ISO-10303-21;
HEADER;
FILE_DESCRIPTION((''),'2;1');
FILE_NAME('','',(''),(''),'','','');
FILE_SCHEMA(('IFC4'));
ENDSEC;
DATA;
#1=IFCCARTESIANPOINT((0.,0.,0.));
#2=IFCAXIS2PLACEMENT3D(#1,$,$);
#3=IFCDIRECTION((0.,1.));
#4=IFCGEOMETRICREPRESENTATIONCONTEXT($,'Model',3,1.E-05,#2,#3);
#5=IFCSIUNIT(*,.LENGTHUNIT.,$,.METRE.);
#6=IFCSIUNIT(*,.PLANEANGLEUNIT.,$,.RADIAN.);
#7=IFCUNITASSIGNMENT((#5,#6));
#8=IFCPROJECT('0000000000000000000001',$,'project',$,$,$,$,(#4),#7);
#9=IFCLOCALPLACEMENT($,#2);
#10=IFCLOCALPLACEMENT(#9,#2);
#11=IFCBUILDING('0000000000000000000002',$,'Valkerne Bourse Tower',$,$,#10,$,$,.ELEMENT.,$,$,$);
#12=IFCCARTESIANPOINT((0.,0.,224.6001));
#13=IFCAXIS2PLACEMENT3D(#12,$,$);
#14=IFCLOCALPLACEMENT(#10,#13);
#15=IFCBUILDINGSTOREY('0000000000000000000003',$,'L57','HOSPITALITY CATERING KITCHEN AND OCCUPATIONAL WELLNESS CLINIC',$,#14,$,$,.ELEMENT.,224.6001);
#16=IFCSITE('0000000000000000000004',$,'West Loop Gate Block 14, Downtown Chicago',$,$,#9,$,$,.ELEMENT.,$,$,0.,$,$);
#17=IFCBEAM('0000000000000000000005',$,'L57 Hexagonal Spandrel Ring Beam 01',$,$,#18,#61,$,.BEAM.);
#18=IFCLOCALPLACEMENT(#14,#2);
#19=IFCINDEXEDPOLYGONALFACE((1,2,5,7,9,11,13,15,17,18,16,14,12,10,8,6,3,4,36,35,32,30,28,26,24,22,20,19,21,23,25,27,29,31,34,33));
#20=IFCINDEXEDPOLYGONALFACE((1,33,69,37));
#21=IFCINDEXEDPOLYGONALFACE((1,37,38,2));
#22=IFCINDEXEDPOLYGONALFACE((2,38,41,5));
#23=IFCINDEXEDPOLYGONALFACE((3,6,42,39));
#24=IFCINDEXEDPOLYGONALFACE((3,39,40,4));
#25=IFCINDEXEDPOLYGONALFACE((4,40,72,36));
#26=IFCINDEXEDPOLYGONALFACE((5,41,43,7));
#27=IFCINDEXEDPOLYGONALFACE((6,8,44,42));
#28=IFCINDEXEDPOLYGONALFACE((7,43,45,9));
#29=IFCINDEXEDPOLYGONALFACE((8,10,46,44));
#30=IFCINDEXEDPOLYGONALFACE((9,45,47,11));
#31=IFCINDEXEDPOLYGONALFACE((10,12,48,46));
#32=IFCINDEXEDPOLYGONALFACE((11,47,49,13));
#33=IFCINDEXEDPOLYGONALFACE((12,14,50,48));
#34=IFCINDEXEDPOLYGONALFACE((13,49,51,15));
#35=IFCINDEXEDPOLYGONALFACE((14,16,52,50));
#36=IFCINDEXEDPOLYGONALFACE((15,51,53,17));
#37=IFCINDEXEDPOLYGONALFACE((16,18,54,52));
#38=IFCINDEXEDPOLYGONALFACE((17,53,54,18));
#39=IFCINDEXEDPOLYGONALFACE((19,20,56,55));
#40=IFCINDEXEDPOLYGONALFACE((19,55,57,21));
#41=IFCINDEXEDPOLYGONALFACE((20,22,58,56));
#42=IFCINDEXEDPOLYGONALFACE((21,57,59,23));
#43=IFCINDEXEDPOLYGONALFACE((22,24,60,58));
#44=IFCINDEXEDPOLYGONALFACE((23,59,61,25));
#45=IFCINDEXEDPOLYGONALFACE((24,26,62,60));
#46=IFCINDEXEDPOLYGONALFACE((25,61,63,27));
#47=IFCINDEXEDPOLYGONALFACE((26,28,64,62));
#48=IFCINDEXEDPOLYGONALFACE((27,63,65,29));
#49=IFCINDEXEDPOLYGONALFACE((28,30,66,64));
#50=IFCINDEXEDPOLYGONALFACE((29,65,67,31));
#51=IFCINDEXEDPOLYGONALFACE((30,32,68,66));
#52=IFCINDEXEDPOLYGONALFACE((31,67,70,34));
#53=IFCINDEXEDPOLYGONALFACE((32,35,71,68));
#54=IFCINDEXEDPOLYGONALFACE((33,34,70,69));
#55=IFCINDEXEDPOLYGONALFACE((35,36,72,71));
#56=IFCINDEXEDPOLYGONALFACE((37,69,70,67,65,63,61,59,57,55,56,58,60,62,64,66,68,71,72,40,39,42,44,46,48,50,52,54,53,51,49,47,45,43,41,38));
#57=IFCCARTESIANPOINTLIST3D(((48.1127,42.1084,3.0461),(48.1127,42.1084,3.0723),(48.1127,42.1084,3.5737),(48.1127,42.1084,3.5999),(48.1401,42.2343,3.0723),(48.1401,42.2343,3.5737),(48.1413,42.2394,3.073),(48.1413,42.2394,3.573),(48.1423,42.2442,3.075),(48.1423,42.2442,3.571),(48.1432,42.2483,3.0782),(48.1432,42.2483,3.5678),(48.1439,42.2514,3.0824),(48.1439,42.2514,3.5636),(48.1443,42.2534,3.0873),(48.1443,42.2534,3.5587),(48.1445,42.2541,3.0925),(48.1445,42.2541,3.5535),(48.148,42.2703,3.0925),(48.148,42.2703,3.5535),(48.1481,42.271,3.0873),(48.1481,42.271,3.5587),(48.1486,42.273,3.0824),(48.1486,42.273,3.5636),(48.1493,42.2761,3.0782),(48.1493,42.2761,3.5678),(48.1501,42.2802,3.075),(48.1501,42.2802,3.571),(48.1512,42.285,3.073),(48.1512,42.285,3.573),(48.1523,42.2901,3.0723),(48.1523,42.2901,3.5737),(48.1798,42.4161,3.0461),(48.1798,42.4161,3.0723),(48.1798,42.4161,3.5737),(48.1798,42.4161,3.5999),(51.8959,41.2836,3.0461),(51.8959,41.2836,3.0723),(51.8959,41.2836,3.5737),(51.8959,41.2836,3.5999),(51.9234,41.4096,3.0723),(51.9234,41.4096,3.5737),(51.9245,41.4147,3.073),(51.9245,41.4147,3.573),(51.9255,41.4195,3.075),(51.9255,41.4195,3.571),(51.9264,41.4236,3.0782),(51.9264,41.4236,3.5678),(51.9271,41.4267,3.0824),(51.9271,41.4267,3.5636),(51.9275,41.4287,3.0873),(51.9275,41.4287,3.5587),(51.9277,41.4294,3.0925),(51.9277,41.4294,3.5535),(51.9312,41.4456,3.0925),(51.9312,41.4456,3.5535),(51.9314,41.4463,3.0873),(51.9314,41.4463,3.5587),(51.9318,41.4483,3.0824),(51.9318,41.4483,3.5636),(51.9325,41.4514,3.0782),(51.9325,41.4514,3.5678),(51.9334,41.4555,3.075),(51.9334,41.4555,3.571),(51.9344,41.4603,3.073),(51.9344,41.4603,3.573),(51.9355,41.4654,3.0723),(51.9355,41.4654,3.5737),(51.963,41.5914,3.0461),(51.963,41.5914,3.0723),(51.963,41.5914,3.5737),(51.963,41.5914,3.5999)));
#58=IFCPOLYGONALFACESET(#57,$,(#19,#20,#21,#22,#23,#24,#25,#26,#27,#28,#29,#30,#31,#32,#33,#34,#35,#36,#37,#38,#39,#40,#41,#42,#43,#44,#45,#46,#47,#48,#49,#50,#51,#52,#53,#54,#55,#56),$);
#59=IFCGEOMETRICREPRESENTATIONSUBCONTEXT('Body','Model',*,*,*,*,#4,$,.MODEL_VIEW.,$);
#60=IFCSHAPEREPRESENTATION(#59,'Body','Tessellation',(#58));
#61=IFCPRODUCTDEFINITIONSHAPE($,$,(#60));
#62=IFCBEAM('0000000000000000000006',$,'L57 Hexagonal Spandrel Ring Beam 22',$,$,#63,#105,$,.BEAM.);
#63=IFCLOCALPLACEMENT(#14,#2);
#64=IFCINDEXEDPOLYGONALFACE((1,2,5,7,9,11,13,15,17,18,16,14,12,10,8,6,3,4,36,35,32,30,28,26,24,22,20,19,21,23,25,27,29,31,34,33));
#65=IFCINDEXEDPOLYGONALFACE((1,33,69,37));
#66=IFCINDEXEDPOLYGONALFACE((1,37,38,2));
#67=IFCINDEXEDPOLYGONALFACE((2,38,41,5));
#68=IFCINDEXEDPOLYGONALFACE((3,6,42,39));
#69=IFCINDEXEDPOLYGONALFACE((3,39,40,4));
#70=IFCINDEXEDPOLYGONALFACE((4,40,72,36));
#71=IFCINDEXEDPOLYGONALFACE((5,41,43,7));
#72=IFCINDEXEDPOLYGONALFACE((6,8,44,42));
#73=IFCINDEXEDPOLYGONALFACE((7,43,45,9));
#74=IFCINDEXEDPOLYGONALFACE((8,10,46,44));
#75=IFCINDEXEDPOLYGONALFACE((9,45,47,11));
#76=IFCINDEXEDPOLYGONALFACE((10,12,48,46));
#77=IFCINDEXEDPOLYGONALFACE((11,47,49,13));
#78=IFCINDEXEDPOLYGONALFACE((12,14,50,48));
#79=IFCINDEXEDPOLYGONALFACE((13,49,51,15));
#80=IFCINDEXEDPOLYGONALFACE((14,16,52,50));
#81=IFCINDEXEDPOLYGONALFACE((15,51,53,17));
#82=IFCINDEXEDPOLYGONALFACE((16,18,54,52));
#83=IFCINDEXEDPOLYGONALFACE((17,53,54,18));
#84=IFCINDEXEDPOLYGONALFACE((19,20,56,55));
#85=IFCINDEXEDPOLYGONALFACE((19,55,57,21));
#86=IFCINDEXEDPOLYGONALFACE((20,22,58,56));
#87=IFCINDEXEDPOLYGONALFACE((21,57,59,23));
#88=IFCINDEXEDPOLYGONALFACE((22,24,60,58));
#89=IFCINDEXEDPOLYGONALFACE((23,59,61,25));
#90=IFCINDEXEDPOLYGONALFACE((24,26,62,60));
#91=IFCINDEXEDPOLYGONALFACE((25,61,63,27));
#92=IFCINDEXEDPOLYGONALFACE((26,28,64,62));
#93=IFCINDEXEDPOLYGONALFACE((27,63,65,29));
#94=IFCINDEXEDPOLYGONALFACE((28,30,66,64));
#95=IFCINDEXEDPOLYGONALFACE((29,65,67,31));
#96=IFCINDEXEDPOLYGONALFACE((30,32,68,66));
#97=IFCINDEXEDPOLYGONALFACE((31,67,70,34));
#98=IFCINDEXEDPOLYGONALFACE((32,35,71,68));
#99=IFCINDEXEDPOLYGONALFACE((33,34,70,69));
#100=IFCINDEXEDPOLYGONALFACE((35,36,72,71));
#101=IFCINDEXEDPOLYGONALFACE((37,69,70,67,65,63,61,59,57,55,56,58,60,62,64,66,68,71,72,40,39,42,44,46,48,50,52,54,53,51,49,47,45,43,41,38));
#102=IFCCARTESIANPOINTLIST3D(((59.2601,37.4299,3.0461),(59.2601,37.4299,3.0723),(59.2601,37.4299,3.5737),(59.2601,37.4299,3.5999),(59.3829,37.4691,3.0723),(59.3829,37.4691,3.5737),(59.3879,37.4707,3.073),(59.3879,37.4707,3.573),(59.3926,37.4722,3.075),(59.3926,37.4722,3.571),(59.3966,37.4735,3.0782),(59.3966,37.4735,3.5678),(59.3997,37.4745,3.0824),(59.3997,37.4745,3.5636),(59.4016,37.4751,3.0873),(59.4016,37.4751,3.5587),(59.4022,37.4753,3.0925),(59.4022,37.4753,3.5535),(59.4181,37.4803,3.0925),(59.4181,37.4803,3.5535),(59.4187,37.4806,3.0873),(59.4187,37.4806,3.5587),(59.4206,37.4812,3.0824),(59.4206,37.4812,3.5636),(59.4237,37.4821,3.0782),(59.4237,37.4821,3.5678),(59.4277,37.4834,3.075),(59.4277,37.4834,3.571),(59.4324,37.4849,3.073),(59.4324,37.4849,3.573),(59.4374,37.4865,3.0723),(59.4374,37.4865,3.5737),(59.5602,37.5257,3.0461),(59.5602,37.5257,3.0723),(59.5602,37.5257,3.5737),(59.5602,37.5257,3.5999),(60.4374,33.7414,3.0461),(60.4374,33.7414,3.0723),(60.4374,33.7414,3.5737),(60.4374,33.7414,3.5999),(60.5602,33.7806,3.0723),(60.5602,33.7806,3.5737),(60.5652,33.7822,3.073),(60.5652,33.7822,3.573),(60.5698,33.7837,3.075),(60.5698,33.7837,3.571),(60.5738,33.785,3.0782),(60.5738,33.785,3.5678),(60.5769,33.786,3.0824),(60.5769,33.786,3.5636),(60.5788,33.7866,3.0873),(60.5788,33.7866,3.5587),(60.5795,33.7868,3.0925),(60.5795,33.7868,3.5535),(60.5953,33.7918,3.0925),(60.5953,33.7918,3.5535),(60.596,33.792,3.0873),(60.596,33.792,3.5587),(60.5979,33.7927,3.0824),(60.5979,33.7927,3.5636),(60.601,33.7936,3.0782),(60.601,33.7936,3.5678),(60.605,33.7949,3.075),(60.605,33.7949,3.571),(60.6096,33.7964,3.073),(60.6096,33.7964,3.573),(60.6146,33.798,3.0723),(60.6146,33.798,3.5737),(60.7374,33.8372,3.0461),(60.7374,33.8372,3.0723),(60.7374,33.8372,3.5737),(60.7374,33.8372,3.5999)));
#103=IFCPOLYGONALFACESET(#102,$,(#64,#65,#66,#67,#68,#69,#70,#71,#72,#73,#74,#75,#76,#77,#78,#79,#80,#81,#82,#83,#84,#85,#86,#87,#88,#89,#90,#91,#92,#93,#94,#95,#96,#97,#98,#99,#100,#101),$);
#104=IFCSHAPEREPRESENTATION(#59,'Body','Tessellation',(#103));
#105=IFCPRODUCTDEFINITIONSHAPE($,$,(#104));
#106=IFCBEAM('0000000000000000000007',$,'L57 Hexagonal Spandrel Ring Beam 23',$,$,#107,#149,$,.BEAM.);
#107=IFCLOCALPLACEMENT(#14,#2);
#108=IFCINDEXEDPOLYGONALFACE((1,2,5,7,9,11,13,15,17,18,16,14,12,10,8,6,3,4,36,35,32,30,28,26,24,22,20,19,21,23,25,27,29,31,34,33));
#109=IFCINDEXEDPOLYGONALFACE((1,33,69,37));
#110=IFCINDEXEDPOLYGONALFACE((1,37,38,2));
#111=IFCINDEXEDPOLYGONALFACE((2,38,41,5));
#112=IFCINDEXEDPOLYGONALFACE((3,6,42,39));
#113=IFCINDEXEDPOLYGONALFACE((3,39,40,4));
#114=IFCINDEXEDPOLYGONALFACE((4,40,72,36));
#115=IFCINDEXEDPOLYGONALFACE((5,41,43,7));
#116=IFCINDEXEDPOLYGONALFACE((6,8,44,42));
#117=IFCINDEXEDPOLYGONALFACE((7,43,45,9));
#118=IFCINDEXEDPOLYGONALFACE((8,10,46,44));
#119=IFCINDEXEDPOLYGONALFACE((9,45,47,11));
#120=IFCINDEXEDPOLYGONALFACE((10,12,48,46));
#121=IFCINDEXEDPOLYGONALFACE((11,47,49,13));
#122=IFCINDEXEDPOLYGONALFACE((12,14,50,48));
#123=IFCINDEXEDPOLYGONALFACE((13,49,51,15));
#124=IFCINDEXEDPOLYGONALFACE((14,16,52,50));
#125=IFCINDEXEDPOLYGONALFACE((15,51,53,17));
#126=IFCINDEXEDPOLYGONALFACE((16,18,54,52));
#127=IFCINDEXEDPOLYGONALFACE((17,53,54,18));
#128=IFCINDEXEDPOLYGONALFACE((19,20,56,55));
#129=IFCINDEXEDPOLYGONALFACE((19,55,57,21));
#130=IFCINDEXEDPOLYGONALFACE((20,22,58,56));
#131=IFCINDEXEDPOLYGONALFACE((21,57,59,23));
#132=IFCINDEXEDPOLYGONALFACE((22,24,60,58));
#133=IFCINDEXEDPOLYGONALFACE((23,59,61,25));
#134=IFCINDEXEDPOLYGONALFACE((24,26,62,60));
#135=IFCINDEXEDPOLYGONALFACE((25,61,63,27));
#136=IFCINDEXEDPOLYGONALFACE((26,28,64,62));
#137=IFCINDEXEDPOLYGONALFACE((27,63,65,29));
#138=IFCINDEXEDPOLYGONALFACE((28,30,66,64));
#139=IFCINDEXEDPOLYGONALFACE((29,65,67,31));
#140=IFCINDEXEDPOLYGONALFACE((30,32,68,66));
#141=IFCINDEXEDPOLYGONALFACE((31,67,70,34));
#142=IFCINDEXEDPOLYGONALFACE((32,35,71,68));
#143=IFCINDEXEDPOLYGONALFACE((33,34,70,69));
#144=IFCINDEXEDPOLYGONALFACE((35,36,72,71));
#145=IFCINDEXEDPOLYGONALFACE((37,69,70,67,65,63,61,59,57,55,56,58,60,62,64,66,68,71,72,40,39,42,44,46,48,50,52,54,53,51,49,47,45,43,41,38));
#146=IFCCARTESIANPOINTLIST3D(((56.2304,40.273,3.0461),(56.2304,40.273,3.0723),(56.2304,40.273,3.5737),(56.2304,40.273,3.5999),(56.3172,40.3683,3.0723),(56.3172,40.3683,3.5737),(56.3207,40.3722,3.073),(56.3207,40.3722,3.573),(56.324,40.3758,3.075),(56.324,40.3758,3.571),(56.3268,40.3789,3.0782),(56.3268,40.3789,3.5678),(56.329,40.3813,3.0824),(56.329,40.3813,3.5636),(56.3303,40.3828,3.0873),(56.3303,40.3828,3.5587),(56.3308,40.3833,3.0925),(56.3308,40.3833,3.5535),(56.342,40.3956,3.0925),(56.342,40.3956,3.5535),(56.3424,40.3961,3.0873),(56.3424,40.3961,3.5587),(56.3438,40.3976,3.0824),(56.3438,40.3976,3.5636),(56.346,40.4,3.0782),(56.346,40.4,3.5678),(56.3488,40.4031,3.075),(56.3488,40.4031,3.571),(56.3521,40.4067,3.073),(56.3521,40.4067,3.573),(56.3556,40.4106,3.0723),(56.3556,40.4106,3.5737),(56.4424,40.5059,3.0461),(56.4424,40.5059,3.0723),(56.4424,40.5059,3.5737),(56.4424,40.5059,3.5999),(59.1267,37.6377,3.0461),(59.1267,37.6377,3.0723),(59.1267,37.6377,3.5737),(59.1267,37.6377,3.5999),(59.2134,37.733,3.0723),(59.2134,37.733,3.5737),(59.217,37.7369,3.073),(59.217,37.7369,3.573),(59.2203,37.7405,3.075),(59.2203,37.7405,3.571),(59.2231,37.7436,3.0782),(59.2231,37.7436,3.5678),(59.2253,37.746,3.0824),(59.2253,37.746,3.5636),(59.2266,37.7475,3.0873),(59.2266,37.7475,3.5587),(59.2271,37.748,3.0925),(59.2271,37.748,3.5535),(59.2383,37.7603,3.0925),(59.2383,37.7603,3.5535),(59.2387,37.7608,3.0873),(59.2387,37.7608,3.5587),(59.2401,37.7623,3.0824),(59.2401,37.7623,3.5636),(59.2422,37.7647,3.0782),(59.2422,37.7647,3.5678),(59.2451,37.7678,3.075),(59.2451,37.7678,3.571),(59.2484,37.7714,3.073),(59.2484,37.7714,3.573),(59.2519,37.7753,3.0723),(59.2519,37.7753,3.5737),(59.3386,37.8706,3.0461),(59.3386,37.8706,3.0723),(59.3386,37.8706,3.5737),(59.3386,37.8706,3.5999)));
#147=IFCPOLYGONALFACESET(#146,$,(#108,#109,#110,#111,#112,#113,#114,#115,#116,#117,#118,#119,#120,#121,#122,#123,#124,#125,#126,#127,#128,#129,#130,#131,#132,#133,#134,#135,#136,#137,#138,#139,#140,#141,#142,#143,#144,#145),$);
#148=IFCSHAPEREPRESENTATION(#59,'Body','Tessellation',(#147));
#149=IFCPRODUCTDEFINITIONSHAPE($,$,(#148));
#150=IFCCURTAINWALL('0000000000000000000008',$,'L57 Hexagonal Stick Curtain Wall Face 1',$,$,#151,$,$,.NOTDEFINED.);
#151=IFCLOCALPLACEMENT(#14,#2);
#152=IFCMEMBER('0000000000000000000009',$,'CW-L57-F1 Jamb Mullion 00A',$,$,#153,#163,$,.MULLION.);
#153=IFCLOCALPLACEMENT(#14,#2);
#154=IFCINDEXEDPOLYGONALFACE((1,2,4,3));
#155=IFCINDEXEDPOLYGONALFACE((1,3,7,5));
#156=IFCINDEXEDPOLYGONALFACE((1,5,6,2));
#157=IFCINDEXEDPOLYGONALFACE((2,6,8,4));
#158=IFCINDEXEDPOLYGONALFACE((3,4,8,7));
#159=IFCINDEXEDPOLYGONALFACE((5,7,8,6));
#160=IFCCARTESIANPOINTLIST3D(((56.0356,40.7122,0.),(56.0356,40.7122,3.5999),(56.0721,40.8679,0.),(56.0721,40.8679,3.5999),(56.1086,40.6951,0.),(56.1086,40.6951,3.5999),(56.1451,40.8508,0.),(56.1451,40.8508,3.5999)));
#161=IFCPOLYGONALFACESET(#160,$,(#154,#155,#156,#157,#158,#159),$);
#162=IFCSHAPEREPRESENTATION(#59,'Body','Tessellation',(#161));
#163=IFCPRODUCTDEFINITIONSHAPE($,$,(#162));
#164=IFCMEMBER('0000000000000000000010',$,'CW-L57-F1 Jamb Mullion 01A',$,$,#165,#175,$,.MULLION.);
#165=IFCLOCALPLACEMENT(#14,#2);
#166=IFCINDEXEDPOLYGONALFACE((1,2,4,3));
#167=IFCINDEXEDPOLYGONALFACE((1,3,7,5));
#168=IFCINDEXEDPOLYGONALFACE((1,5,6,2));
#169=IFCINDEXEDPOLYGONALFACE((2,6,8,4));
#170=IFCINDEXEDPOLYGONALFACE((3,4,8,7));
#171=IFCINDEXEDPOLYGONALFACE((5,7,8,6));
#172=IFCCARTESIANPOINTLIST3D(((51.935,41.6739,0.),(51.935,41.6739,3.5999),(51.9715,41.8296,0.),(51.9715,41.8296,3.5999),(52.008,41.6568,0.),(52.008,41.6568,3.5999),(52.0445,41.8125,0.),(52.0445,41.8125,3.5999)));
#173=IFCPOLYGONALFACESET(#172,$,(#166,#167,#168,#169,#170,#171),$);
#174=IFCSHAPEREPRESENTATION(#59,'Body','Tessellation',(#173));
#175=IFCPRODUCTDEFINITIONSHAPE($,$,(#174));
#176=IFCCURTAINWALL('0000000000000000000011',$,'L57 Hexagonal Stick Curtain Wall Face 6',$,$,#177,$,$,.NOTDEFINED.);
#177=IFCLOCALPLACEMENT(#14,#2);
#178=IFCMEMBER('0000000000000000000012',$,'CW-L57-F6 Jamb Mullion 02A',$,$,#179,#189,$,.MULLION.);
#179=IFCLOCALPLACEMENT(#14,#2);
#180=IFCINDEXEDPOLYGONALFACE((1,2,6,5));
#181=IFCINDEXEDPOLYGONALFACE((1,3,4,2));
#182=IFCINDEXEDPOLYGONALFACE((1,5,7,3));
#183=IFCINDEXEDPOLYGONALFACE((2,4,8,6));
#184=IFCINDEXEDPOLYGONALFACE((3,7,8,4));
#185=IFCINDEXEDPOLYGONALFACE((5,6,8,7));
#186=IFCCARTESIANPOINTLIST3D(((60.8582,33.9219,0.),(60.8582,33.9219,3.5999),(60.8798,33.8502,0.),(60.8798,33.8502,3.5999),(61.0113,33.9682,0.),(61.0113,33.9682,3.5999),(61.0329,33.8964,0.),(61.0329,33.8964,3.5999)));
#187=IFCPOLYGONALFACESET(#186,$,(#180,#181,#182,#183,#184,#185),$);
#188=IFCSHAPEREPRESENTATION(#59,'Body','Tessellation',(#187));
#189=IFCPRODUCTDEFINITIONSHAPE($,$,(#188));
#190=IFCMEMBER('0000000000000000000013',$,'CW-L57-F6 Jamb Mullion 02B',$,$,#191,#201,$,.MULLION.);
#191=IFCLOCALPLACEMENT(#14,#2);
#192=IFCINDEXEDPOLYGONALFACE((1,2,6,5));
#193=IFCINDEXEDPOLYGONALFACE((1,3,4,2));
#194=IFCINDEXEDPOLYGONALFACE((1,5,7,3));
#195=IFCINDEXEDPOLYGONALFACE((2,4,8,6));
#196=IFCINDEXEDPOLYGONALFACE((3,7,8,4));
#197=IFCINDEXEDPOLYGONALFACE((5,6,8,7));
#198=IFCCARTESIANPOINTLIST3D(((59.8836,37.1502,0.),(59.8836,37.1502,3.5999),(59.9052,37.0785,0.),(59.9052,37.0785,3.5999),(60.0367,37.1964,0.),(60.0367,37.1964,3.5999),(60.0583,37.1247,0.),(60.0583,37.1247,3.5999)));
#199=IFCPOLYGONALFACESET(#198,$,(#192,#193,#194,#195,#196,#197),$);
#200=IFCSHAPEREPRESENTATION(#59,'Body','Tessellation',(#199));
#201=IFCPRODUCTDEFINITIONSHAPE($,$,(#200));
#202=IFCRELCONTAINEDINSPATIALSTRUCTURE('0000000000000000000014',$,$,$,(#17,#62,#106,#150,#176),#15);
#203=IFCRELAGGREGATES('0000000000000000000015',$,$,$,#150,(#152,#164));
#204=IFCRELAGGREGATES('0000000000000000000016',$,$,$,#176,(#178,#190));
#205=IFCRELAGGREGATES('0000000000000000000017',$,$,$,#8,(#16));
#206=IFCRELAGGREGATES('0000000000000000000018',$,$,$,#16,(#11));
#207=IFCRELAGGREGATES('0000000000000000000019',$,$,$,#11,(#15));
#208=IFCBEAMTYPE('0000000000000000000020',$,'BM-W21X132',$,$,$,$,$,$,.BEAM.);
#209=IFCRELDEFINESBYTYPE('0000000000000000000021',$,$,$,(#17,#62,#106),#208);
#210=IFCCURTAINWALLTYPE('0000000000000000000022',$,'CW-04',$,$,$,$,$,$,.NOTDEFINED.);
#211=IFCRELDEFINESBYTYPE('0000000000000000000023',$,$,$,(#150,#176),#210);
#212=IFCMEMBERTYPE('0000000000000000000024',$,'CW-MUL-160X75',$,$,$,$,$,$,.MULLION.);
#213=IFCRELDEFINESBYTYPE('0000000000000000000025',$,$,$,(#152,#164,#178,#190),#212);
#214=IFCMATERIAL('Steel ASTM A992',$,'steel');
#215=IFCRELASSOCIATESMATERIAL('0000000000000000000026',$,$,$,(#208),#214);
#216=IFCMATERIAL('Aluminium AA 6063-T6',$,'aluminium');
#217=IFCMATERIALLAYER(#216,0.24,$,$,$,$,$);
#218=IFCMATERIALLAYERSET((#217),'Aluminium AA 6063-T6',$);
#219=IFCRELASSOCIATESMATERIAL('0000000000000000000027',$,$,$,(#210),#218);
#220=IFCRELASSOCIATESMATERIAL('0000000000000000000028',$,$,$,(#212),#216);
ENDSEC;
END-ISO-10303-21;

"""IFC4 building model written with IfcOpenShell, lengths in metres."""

from ifc_helpers import new_model, si_unit, direction, frame, origin, origin_2d, place, context, subcontext, project, spatial, rectangle, i_section, extrude, material, layer, layer_set, material_profile, profile_set, type_object, element, aggregate, save


model = new_model("IFC4")

# Units and contexts
model_context = context("Model", 3, precision=1e-05, world=origin(), true_north=direction((0.0, 1.0)))
body_context = subcontext(model_context, "Body", "Model", "MODEL_VIEW")
ifc_project = project(units=[si_unit("LENGTHUNIT", "METRE"), si_unit("PLANEANGLEUNIT", "RADIAN")], contexts=[model_context])

# Site, building, storey
site_placement = place(None, origin())
site = spatial("IfcSite", under=ifc_project, at=site_placement, Name="West Loop Gate Block 14, Downtown Chicago", CompositionType="ELEMENT", RefElevation=0.0)
building_placement = place(site_placement, origin())
building = spatial("IfcBuilding", under=site, at=building_placement, Name="Valkerne Bourse Tower", CompositionType="ELEMENT")
storey_placement = place(building_placement, frame((0.0, 0.0, 224.6001)))
storey = spatial("IfcBuildingStorey", under=building, at=storey_placement, Name="L57", Description="HOSPITALITY CATERING KITCHEN AND OCCUPATIONAL WELLNESS CLINIC", CompositionType="ELEMENT", Elevation=224.6001)

# Beams
ifc_material_1 = material(Name="Steel ASTM A992", Category="steel")
ifc_material_profile_1 = material_profile(ifc_material_1, i_section(OverallWidth=0.3149, OverallDepth=0.5537, WebThickness=0.0166, FlangeThickness=0.0261, FilletRadius=0.0203, at=origin_2d()), Name="W21X132")
ifc_profile_set_1 = profile_set([ifc_material_profile_1], Name="Steel ASTM A992")
beam_type = type_object("IfcBeamType", Name="BM-W21X132", PredefinedType="BEAM", material=ifc_profile_set_1)
beam_1_placement = place(storey_placement, frame((51.9294, 41.4375, 3.323), z_axis=(-0.977054, 0.21299, 0.0), x_axis=(-0.21299, -0.977054, 0.0)))
element("IfcBeam", 1, at=beam_1_placement, inside=storey, type_object=beam_type, Name="L57 Hexagonal Spandrel Ring Beam 01", PredefinedType="BEAM", context=body_context, shape_type="SweptSolid", body=[
    extrude(i_section(OverallWidth=0.3149, OverallDepth=0.5537, WebThickness=0.0166, FlangeThickness=0.0261, FilletRadius=0.0203, at=origin_2d()), origin(), (0.0, 0.0, 1.0), 3.8721),
])
beam_2_placement = place(storey_placement, frame((60.5874, 33.7893, 3.323), z_axis=(-0.304057, 0.952654, 0.0), x_axis=(-0.952654, -0.304057, 0.0)))
element("IfcBeam", 2, at=beam_2_placement, inside=storey, type_object=beam_type, Name="L57 Hexagonal Spandrel Ring Beam 22", PredefinedType="BEAM", context=body_context, shape_type="SweptSolid", body=[
    extrude(i_section(OverallWidth=0.3149, OverallDepth=0.5537, WebThickness=0.0166, FlangeThickness=0.0261, FilletRadius=0.0203, at=origin_2d()), origin(), (0.0, 0.0, 1.0), 3.8718),
])
beam_3_placement = place(storey_placement, frame((59.2327, 37.7542, 3.323), z_axis=(-0.739647, 0.672995, 0.0), x_axis=(-0.672995, -0.739647, 0.0)))
element("IfcBeam", 3, at=beam_3_placement, inside=storey, type_object=beam_type, Name="L57 Hexagonal Spandrel Ring Beam 23", PredefinedType="BEAM", context=body_context, shape_type="SweptSolid", body=[
    extrude(i_section(OverallWidth=0.3149, OverallDepth=0.5537, WebThickness=0.0166, FlangeThickness=0.0261, FilletRadius=0.0203, at=origin_2d()), origin(), (0.0, 0.0, 1.0), 3.9158),
])

# Curtain walls, members
ifc_material_2 = material(Name="Aluminium AA 6063-T6", Category="aluminium")
ifc_layer_1 = layer(ifc_material_2, 0.24)
ifc_layer_set_1 = layer_set([ifc_layer_1], Name="Aluminium AA 6063-T6")
curtain_wall_type = type_object("IfcCurtainWallType", Name="CW-04", PredefinedType="NOTDEFINED", material=ifc_layer_set_1)
curtain_wall_1_placement = place(storey_placement, origin())
curtain_wall_1 = element("IfcCurtainWall", 4, at=curtain_wall_1_placement, inside=storey, type_object=curtain_wall_type, Name="L57 Hexagonal Stick Curtain Wall Face 1", PredefinedType="NOTDEFINED")
ifc_material_profile_2 = material_profile(ifc_material_2, rectangle(XDim=0.075, YDim=0.1599, at=origin_2d()), Name="CWM-75X160")
ifc_profile_set_2 = profile_set([ifc_material_profile_2], Name="Aluminium AA 6063-T6")
member_type_1 = type_object("IfcMemberType", Name="CW-MUL-160X75", PredefinedType="MULLION", material=ifc_profile_set_2)
member_1_placement = place(storey_placement, frame((56.0903, 40.7815, 0.0), z_axis=(0.0, 0.0, 1.0), x_axis=(-0.973579, 0.228349, 0.0)))
member_1 = element("IfcMember", 5, at=member_1_placement, type_object=member_type_1, Name="CW-L57-F1 Jamb Mullion 00A", PredefinedType="MULLION", context=body_context, shape_type="SweptSolid", body=[
    extrude(rectangle(XDim=0.075, YDim=0.1599, at=origin_2d()), origin(), (0.0, 0.0, 1.0), 3.5999),
])
member_2_placement = place(storey_placement, frame((51.9897, 41.7432, 0.0), z_axis=(0.0, 0.0, 1.0), x_axis=(-0.973579, 0.228349, 0.0)))
member_2 = element("IfcMember", 6, at=member_2_placement, type_object=member_type_1, Name="CW-L57-F1 Jamb Mullion 01A", PredefinedType="MULLION", context=body_context, shape_type="SweptSolid", body=[
    extrude(rectangle(XDim=0.075, YDim=0.1599, at=origin_2d()), origin(), (0.0, 0.0, 1.0), 3.5999),
])
curtain_wall_2_placement = place(storey_placement, origin())
curtain_wall_2 = element("IfcCurtainWall", 7, at=curtain_wall_2_placement, inside=storey, type_object=curtain_wall_type, Name="L57 Hexagonal Stick Curtain Wall Face 6", PredefinedType="NOTDEFINED")
member_3_placement = place(storey_placement, frame((60.9456, 33.9092, 0.0), z_axis=(0.0, 0.0, 1.0), x_axis=(-0.289027, 0.957321, 0.0)))
member_3 = element("IfcMember", 8, at=member_3_placement, type_object=member_type_1, Name="CW-L57-F6 Jamb Mullion 02A", PredefinedType="MULLION", context=body_context, shape_type="SweptSolid", body=[
    extrude(rectangle(XDim=0.075, YDim=0.1599, at=origin_2d()), origin(), (0.0, 0.0, 1.0), 3.5999),
])
member_4_placement = place(storey_placement, frame((59.9709, 37.1375, 0.0), z_axis=(0.0, 0.0, 1.0), x_axis=(-0.289027, 0.957321, 0.0)))
member_4 = element("IfcMember", 9, at=member_4_placement, type_object=member_type_1, Name="CW-L57-F6 Jamb Mullion 02B", PredefinedType="MULLION", context=body_context, shape_type="SweptSolid", body=[
    extrude(rectangle(XDim=0.075, YDim=0.1599, at=origin_2d()), origin(), (0.0, 0.0, 1.0), 3.5999),
])

aggregate(curtain_wall_1, [member_1, member_2])
aggregate(curtain_wall_2, [member_3, member_4])

save(model, "model.ifc")
